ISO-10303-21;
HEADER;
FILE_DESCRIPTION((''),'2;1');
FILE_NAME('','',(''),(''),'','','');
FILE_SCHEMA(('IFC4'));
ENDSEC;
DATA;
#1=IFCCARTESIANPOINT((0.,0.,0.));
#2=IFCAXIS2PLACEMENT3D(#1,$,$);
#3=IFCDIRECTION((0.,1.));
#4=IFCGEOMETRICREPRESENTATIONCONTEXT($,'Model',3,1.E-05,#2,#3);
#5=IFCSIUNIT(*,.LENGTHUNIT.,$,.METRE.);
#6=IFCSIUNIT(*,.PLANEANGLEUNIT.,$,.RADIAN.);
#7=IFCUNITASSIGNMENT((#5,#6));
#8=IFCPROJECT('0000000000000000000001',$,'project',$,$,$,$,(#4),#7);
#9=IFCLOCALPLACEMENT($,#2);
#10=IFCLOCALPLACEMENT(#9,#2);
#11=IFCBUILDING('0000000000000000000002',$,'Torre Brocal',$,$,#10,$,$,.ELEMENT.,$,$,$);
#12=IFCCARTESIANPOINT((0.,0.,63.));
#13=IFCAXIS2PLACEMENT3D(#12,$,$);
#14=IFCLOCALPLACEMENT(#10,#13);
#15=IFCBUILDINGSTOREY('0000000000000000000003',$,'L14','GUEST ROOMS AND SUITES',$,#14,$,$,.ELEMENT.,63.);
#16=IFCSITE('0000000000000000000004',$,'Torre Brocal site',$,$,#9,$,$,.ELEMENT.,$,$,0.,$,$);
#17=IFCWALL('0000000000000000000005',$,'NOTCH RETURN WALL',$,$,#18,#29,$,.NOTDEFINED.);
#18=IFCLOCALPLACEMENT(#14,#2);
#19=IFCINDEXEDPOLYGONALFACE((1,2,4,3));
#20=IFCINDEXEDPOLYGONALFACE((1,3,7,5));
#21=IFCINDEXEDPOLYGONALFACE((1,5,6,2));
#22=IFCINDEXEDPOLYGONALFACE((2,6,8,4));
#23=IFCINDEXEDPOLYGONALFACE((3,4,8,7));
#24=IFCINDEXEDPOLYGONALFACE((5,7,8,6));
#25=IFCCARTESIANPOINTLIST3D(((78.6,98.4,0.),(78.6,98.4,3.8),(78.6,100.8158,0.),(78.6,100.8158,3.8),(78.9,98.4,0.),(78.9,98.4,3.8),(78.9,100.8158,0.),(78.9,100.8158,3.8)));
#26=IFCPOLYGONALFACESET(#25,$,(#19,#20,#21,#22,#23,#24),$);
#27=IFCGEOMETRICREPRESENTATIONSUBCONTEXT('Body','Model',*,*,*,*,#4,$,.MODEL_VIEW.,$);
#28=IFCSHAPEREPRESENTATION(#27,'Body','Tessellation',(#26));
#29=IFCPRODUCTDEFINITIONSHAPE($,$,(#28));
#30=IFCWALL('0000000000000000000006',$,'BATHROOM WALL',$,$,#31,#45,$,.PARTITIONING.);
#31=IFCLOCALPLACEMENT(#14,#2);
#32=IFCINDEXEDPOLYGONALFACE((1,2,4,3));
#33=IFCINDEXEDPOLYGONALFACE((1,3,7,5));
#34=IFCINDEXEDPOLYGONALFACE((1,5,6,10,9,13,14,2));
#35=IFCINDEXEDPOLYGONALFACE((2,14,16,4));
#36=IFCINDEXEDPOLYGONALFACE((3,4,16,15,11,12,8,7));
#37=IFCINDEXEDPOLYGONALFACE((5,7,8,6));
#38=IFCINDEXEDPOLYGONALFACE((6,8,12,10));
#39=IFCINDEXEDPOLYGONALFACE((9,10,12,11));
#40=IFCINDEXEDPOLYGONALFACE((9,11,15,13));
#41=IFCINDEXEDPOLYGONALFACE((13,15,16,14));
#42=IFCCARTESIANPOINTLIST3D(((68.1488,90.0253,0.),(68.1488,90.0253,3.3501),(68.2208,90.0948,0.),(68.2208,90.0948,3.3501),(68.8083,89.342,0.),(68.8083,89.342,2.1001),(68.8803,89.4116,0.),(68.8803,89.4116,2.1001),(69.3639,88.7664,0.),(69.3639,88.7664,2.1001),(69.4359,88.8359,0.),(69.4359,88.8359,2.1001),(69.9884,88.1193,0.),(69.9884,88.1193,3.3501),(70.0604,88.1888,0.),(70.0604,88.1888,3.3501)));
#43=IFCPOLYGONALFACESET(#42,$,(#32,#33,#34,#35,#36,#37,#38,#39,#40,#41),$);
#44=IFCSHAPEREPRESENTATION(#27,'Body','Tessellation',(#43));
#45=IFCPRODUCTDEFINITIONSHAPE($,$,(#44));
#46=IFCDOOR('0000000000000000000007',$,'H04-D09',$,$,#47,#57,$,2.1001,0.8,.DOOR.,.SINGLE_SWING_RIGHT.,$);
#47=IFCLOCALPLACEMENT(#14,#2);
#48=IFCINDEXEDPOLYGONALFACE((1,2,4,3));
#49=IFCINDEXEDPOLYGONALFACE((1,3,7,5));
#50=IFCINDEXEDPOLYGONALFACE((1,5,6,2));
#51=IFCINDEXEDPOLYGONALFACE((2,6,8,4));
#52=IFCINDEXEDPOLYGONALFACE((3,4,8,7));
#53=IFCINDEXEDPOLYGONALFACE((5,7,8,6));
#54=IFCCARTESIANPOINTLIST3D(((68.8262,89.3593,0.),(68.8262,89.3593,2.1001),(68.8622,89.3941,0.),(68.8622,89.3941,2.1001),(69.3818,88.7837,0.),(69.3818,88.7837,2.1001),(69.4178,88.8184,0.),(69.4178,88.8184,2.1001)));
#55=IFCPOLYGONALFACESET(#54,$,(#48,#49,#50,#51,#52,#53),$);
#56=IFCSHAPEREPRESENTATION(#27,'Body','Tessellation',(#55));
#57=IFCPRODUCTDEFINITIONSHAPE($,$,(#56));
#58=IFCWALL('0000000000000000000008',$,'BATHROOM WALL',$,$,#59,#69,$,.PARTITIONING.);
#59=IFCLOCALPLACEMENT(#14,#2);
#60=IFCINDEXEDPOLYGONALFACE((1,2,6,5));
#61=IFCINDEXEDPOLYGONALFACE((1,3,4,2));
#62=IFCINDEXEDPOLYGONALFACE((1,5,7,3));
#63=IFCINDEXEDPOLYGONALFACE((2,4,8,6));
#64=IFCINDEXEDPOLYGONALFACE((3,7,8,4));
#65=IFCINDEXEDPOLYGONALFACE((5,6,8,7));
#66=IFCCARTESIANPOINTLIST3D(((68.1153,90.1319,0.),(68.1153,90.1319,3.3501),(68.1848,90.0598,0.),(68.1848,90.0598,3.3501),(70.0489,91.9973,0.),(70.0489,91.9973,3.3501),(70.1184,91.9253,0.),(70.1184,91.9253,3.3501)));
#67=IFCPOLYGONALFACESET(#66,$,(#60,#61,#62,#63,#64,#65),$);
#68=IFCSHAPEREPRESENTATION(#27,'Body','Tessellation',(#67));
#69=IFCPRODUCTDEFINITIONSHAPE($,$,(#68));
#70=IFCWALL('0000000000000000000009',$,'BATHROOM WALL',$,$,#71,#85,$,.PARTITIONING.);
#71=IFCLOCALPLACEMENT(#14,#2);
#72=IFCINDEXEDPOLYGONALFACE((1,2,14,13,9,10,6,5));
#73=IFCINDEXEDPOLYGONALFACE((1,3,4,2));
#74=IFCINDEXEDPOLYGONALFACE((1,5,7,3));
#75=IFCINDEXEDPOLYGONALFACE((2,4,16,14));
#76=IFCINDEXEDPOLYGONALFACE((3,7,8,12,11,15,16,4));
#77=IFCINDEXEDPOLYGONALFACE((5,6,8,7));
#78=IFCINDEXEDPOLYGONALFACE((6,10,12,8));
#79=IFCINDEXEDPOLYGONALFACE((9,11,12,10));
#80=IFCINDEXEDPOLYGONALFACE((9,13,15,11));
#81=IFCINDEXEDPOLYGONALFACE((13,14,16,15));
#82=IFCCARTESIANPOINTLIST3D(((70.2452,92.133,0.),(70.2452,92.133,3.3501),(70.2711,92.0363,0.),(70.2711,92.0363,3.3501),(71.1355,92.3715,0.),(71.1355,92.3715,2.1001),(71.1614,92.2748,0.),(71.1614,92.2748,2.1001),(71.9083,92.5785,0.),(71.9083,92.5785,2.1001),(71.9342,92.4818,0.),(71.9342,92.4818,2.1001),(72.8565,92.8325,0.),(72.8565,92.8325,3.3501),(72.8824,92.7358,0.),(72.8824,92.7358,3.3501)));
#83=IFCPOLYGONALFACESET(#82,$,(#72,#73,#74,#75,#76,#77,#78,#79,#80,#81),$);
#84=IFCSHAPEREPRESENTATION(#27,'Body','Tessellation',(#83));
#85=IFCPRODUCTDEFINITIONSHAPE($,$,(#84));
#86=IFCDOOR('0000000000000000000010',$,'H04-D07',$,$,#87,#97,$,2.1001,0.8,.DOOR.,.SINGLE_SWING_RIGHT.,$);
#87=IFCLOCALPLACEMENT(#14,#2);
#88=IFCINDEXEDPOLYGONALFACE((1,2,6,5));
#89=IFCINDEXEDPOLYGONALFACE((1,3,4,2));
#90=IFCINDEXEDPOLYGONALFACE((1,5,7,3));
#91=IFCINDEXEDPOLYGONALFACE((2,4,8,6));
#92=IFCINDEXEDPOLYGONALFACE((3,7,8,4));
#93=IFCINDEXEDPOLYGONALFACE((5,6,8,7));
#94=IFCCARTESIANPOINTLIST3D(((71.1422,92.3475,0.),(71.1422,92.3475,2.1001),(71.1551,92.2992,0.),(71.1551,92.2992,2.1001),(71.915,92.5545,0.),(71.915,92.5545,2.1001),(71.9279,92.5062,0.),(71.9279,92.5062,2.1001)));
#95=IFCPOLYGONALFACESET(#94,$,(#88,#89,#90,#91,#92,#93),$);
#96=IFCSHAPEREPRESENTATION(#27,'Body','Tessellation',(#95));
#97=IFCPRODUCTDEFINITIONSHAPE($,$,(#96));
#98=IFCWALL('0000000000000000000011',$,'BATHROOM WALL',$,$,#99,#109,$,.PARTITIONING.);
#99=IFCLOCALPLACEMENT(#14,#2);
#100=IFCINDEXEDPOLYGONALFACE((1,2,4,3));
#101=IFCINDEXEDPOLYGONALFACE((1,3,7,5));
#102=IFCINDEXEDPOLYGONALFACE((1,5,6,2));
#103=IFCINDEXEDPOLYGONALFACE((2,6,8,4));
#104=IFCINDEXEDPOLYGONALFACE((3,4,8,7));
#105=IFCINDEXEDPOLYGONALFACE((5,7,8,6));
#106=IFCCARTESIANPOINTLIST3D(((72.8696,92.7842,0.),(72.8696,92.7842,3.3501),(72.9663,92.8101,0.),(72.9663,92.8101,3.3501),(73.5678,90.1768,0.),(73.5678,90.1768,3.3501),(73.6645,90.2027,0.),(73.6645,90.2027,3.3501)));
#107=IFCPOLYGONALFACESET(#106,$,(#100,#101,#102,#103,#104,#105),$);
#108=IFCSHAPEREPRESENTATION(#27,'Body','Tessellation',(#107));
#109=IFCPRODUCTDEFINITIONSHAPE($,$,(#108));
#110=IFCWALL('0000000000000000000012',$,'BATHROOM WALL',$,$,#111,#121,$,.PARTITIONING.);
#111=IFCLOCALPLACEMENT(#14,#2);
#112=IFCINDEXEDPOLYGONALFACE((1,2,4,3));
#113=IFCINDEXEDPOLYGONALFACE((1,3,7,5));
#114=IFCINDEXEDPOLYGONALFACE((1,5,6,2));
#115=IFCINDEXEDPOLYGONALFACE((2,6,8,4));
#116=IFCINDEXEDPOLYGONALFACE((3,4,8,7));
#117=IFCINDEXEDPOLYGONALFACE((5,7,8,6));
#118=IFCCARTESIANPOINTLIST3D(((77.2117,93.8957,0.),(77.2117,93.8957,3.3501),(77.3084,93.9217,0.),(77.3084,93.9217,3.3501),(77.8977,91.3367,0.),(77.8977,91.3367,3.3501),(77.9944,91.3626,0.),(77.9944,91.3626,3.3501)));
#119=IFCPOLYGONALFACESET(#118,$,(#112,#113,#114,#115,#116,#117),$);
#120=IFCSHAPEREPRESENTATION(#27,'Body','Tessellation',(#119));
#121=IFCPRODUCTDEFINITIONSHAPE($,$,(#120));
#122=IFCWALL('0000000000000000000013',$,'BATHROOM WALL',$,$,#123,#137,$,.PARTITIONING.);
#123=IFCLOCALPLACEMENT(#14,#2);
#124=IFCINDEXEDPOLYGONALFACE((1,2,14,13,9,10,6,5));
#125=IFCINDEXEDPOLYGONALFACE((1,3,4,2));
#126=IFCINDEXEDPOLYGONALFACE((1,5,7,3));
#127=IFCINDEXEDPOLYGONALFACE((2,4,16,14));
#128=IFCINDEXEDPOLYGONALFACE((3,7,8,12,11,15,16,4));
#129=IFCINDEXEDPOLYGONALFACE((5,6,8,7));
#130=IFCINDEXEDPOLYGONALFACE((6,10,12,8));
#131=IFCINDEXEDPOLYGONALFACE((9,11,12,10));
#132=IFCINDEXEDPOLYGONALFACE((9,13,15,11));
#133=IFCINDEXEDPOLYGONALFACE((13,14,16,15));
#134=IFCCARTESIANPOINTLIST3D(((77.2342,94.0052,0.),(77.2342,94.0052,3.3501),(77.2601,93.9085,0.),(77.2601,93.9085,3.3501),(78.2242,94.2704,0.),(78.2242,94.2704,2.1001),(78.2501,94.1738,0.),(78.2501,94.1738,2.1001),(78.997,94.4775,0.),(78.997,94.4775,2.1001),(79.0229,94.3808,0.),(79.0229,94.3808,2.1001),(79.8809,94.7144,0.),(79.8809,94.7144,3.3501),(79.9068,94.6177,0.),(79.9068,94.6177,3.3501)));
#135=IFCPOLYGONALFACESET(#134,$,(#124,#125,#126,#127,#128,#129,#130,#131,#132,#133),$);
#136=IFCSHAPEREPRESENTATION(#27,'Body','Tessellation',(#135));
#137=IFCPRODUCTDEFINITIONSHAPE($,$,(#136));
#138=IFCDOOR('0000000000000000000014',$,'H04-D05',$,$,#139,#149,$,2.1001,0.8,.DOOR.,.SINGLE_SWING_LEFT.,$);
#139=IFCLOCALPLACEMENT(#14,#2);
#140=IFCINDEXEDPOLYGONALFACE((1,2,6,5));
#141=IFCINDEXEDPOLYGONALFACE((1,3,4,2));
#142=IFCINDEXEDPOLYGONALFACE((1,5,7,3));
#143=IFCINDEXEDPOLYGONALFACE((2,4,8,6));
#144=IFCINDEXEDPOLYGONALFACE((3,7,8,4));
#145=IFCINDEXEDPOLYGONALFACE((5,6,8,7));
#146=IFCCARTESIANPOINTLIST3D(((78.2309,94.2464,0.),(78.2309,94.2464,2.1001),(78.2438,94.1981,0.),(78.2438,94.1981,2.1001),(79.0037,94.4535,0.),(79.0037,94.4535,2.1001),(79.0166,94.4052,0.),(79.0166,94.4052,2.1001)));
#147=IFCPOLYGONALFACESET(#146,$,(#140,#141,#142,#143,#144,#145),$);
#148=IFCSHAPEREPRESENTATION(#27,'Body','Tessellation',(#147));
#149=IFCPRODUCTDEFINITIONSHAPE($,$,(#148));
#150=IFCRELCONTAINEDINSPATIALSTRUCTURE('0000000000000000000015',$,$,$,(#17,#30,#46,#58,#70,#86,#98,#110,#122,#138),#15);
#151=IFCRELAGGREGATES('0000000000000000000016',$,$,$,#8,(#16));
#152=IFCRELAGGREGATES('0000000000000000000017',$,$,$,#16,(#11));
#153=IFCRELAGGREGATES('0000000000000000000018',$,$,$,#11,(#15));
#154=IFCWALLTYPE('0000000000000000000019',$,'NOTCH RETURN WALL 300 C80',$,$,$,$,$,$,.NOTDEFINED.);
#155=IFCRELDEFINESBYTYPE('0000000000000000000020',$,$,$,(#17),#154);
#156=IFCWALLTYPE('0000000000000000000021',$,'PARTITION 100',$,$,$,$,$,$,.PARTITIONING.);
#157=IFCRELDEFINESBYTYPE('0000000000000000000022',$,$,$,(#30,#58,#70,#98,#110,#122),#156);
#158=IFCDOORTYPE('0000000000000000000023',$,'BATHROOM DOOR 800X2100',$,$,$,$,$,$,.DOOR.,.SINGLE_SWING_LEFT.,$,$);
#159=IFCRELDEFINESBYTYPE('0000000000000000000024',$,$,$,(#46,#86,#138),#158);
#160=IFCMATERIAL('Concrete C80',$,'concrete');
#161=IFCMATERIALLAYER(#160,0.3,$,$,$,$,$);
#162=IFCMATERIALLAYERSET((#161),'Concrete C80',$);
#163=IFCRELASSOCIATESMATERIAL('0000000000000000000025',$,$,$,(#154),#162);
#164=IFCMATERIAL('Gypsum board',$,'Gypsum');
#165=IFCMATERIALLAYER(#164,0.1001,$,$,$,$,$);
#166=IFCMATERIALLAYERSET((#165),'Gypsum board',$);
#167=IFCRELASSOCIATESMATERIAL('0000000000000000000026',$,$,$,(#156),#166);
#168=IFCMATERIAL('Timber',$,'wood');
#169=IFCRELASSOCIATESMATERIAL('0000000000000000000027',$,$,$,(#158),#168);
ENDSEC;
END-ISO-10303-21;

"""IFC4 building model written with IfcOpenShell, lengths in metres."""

from ifc_helpers import new_model, si_unit, direction, frame, frame_2d, origin, place, context, subcontext, project, spatial, rectangle, extrude, material, layer, layer_set, type_object, element, fill, save


model = new_model("IFC4")

# Units and contexts
model_context = context("Model", 3, precision=1e-05, world=origin(), true_north=direction((0.0, 1.0)))
body_context = subcontext(model_context, "Body", "Model", "MODEL_VIEW")
ifc_project = project(units=[si_unit("LENGTHUNIT", "METRE"), si_unit("PLANEANGLEUNIT", "RADIAN")], contexts=[model_context])

# Site, building, storey
site_placement = place(None, origin())
site = spatial("IfcSite", under=ifc_project, at=site_placement, Name="Torre Brocal site", CompositionType="ELEMENT", RefElevation=0.0)
building_placement = place(site_placement, origin())
building = spatial("IfcBuilding", under=site, at=building_placement, Name="Torre Brocal", CompositionType="ELEMENT")
storey_placement = place(building_placement, frame((0.0, 0.0, 63.0)))
storey = spatial("IfcBuildingStorey", under=building, at=storey_placement, Name="L14", Description="GUEST ROOMS AND SUITES", CompositionType="ELEMENT", Elevation=63.0)

# Wall
ifc_material_1 = material(Name="Concrete C80", Category="concrete")
ifc_layer_1 = layer(ifc_material_1, 0.3)
ifc_layer_set_1 = layer_set([ifc_layer_1], Name="Concrete C80")
wall_type_1 = type_object("IfcWallType", Name="NOTCH RETURN WALL 300 C80", PredefinedType="NOTDEFINED", material=ifc_layer_set_1)
wall_1_placement = place(storey_placement, frame((78.75, 98.3999, 0.0), z_axis=(0.0, 0.0, 1.0), x_axis=(0.0, 1.0, 0.0)))
element("IfcWall", 1, at=wall_1_placement, inside=storey, type_object=wall_type_1, Name="NOTCH RETURN WALL", PredefinedType="NOTDEFINED", context=body_context, shape_type="SweptSolid", body=[
    extrude(rectangle(XDim=2.4158, YDim=0.3, at=frame_2d((1.208, 0.0))), origin(), (0.0, 0.0, 1.0), 3.8),
])

# Wall, opening, door
ifc_material_2 = material(Name="Gypsum board", Category="Gypsum")
ifc_layer_2 = layer(ifc_material_2, 0.1001)
ifc_layer_set_2 = layer_set([ifc_layer_2], Name="Gypsum board")
wall_type_2 = type_object("IfcWallType", Name="PARTITION 100", PredefinedType="PARTITIONING", material=ifc_layer_set_2)
wall_2_placement = place(storey_placement, frame((68.1848, 90.0601, 0.0), z_axis=(0.0, 0.0, 1.0), x_axis=(0.694461, -0.71953, 0.0)))
wall_2 = element("IfcWall", 2, at=wall_2_placement, inside=storey, type_object=wall_type_2, Name="BATHROOM WALL", PredefinedType="PARTITIONING", context=body_context, shape_type="SweptSolid", body=[
    extrude(rectangle(XDim=2.6489, YDim=0.1001, at=frame_2d((1.3245, 0.0))), origin(), (0.0, 0.0, 1.0), 3.3501),
])
opening_1_placement = place(wall_2_placement, frame((0.9497, 0.0, 0.0)))
opening_1 = element("IfcOpeningElement", 3, at=opening_1_placement, cuts=wall_2, PredefinedType="OPENING", context=body_context, shape_type="SweptSolid", body=[
    extrude(rectangle(XDim=0.8, YDim=2.1001, at=frame_2d((0.3999, 1.05))), frame((0.0, 0.0601, 0.0), z_axis=(0.0, -1.0, 0.0), x_axis=(1.0, 0.0, 0.0)), (0.0, 0.0, 1.0), 0.1201),
])
ifc_material_3 = material(Name="Timber", Category="wood")
door_type_1 = type_object("IfcDoorType", Name="BATHROOM DOOR 800X2100", OperationType="SINGLE_SWING_LEFT", PredefinedType="DOOR", material=ifc_material_3)
door_1_placement = place(opening_1_placement, origin())
door_1 = element("IfcDoor", 4, at=door_1_placement, inside=storey, type_object=door_type_1, Name="H04-D09", OperationType="SINGLE_SWING_RIGHT", OverallHeight=2.1001, OverallWidth=0.8, PredefinedType="DOOR", context=body_context, shape_type="SweptSolid", body=[
    extrude(rectangle(XDim=0.8, YDim=2.1001, at=frame_2d((0.3999, 1.05))), frame((0.0, 0.0249, 0.0), z_axis=(0.0, -1.0, 0.0), x_axis=(1.0, 0.0, 0.0)), (0.0, 0.0, 1.0), 0.05),
])
fill(opening_1, door_1)

# Wall
wall_3_placement = place(storey_placement, frame((68.1501, 90.0959, 0.0), z_axis=(0.0, 0.0, 1.0), x_axis=(0.719669, 0.694317, 0.0)))
element("IfcWall", 5, at=wall_3_placement, inside=storey, type_object=wall_type_2, Name="BATHROOM WALL", PredefinedType="PARTITIONING", context=body_context, shape_type="SweptSolid", body=[
    extrude(rectangle(XDim=2.6868, YDim=0.1001, at=frame_2d((1.3433, 0.0))), origin(), (0.0, 0.0, 1.0), 3.3501),
])

# Wall, opening, door
wall_4_placement = place(storey_placement, frame((70.2583, 92.0847, 0.0), z_axis=(0.0, 0.0, 1.0), x_axis=(0.965948, 0.258736, 0.0)))
wall_4 = element("IfcWall", 6, at=wall_4_placement, inside=storey, type_object=wall_type_2, Name="BATHROOM WALL", PredefinedType="PARTITIONING", context=body_context, shape_type="SweptSolid", body=[
    extrude(rectangle(XDim=2.7034, YDim=0.1001, at=frame_2d((1.3516, 0.0))), origin(), (0.0, 0.0, 1.0), 3.3501),
])
opening_2_placement = place(wall_4_placement, frame((0.9216, 0.0, 0.0)))
opening_2 = element("IfcOpeningElement", 7, at=opening_2_placement, cuts=wall_4, PredefinedType="OPENING", context=body_context, shape_type="SweptSolid", body=[
    extrude(rectangle(XDim=0.8, YDim=2.1001, at=frame_2d((0.3999, 1.05))), frame((0.0, 0.0601, 0.0), z_axis=(0.0, -1.0, 0.0), x_axis=(1.0, 0.0, 0.0)), (0.0, 0.0, 1.0), 0.1201),
])
door_2_placement = place(opening_2_placement, frame((0.8, 0.0, 0.0), z_axis=(0.0, 0.0, 1.0), x_axis=(-1.0, 0.0, 0.0)))
door_2 = element("IfcDoor", 8, at=door_2_placement, inside=storey, type_object=door_type_1, Name="H04-D07", OperationType="SINGLE_SWING_RIGHT", OverallHeight=2.1001, OverallWidth=0.8, PredefinedType="DOOR", context=body_context, shape_type="SweptSolid", body=[
    extrude(rectangle(XDim=0.8, YDim=2.1001, at=frame_2d((0.3999, 1.05))), frame((0.0, 0.0249, 0.0), z_axis=(0.0, -1.0, 0.0), x_axis=(1.0, 0.0, 0.0)), (0.0, 0.0, 1.0), 0.05),
])
fill(opening_2, door_2)

# Walls
wall_5_placement = place(storey_placement, frame((72.918, 92.7971, 0.0), z_axis=(0.0, 0.0, 1.0), x_axis=(0.258676, -0.965964, 0.0)))
element("IfcWall", 9, at=wall_5_placement, inside=storey, type_object=wall_type_2, Name="BATHROOM WALL", PredefinedType="PARTITIONING", context=body_context, shape_type="SweptSolid", body=[
    extrude(rectangle(XDim=2.6992, YDim=0.1001, at=frame_2d((1.3496, 0.0))), origin(), (0.0, 0.0, 1.0), 3.3501),
])
wall_6_placement = place(storey_placement, frame((77.26, 93.9087, 0.0), z_axis=(0.0, 0.0, 1.0), x_axis=(0.258936, -0.965895, 0.0)))
element("IfcWall", 10, at=wall_6_placement, inside=storey, type_object=wall_type_2, Name="BATHROOM WALL", PredefinedType="PARTITIONING", context=body_context, shape_type="SweptSolid", body=[
    extrude(rectangle(XDim=2.6494, YDim=0.1001, at=frame_2d((1.3247, 0.0))), origin(), (0.0, 0.0, 1.0), 3.3501),
])

# Wall, opening, door
wall_7_placement = place(storey_placement, frame((77.2471, 93.9568, 0.0), z_axis=(0.0, 0.0, 1.0), x_axis=(0.965922, 0.258833, 0.0)))
wall_7 = element("IfcWall", 11, at=wall_7_placement, inside=storey, type_object=wall_type_2, Name="BATHROOM WALL", PredefinedType="PARTITIONING", context=body_context, shape_type="SweptSolid", body=[
    extrude(rectangle(XDim=2.74, YDim=0.1001, at=frame_2d((1.3701, 0.0))), origin(), (0.0, 0.0, 1.0), 3.3501),
])
opening_3_placement = place(wall_7_placement, frame((1.0251, 0.0, 0.0)))
opening_3 = element("IfcOpeningElement", 12, at=opening_3_placement, cuts=wall_7, PredefinedType="OPENING", context=body_context, shape_type="SweptSolid", body=[
    extrude(rectangle(XDim=0.8, YDim=2.1001, at=frame_2d((0.3999, 1.05))), frame((0.0, 0.0601, 0.0), z_axis=(0.0, -1.0, 0.0), x_axis=(1.0, 0.0, 0.0)), (0.0, 0.0, 1.0), 0.1201),
])
door_3_placement = place(opening_3_placement, frame((0.8, 0.0, 0.0), z_axis=(0.0, 0.0, 1.0), x_axis=(-1.0, 0.0, 0.0)))
door_3 = element("IfcDoor", 13, at=door_3_placement, inside=storey, type_object=door_type_1, Name="H04-D05", OperationType="SINGLE_SWING_LEFT", OverallHeight=2.1001, OverallWidth=0.8, PredefinedType="DOOR", context=body_context, shape_type="SweptSolid", body=[
    extrude(rectangle(XDim=0.8, YDim=2.1001, at=frame_2d((0.3999, 1.05))), frame((0.0, 0.0249, 0.0), z_axis=(0.0, -1.0, 0.0), x_axis=(1.0, 0.0, 0.0)), (0.0, 0.0, 1.0), 0.05),
])
fill(opening_3, door_3)

save(model, "model.ifc")
